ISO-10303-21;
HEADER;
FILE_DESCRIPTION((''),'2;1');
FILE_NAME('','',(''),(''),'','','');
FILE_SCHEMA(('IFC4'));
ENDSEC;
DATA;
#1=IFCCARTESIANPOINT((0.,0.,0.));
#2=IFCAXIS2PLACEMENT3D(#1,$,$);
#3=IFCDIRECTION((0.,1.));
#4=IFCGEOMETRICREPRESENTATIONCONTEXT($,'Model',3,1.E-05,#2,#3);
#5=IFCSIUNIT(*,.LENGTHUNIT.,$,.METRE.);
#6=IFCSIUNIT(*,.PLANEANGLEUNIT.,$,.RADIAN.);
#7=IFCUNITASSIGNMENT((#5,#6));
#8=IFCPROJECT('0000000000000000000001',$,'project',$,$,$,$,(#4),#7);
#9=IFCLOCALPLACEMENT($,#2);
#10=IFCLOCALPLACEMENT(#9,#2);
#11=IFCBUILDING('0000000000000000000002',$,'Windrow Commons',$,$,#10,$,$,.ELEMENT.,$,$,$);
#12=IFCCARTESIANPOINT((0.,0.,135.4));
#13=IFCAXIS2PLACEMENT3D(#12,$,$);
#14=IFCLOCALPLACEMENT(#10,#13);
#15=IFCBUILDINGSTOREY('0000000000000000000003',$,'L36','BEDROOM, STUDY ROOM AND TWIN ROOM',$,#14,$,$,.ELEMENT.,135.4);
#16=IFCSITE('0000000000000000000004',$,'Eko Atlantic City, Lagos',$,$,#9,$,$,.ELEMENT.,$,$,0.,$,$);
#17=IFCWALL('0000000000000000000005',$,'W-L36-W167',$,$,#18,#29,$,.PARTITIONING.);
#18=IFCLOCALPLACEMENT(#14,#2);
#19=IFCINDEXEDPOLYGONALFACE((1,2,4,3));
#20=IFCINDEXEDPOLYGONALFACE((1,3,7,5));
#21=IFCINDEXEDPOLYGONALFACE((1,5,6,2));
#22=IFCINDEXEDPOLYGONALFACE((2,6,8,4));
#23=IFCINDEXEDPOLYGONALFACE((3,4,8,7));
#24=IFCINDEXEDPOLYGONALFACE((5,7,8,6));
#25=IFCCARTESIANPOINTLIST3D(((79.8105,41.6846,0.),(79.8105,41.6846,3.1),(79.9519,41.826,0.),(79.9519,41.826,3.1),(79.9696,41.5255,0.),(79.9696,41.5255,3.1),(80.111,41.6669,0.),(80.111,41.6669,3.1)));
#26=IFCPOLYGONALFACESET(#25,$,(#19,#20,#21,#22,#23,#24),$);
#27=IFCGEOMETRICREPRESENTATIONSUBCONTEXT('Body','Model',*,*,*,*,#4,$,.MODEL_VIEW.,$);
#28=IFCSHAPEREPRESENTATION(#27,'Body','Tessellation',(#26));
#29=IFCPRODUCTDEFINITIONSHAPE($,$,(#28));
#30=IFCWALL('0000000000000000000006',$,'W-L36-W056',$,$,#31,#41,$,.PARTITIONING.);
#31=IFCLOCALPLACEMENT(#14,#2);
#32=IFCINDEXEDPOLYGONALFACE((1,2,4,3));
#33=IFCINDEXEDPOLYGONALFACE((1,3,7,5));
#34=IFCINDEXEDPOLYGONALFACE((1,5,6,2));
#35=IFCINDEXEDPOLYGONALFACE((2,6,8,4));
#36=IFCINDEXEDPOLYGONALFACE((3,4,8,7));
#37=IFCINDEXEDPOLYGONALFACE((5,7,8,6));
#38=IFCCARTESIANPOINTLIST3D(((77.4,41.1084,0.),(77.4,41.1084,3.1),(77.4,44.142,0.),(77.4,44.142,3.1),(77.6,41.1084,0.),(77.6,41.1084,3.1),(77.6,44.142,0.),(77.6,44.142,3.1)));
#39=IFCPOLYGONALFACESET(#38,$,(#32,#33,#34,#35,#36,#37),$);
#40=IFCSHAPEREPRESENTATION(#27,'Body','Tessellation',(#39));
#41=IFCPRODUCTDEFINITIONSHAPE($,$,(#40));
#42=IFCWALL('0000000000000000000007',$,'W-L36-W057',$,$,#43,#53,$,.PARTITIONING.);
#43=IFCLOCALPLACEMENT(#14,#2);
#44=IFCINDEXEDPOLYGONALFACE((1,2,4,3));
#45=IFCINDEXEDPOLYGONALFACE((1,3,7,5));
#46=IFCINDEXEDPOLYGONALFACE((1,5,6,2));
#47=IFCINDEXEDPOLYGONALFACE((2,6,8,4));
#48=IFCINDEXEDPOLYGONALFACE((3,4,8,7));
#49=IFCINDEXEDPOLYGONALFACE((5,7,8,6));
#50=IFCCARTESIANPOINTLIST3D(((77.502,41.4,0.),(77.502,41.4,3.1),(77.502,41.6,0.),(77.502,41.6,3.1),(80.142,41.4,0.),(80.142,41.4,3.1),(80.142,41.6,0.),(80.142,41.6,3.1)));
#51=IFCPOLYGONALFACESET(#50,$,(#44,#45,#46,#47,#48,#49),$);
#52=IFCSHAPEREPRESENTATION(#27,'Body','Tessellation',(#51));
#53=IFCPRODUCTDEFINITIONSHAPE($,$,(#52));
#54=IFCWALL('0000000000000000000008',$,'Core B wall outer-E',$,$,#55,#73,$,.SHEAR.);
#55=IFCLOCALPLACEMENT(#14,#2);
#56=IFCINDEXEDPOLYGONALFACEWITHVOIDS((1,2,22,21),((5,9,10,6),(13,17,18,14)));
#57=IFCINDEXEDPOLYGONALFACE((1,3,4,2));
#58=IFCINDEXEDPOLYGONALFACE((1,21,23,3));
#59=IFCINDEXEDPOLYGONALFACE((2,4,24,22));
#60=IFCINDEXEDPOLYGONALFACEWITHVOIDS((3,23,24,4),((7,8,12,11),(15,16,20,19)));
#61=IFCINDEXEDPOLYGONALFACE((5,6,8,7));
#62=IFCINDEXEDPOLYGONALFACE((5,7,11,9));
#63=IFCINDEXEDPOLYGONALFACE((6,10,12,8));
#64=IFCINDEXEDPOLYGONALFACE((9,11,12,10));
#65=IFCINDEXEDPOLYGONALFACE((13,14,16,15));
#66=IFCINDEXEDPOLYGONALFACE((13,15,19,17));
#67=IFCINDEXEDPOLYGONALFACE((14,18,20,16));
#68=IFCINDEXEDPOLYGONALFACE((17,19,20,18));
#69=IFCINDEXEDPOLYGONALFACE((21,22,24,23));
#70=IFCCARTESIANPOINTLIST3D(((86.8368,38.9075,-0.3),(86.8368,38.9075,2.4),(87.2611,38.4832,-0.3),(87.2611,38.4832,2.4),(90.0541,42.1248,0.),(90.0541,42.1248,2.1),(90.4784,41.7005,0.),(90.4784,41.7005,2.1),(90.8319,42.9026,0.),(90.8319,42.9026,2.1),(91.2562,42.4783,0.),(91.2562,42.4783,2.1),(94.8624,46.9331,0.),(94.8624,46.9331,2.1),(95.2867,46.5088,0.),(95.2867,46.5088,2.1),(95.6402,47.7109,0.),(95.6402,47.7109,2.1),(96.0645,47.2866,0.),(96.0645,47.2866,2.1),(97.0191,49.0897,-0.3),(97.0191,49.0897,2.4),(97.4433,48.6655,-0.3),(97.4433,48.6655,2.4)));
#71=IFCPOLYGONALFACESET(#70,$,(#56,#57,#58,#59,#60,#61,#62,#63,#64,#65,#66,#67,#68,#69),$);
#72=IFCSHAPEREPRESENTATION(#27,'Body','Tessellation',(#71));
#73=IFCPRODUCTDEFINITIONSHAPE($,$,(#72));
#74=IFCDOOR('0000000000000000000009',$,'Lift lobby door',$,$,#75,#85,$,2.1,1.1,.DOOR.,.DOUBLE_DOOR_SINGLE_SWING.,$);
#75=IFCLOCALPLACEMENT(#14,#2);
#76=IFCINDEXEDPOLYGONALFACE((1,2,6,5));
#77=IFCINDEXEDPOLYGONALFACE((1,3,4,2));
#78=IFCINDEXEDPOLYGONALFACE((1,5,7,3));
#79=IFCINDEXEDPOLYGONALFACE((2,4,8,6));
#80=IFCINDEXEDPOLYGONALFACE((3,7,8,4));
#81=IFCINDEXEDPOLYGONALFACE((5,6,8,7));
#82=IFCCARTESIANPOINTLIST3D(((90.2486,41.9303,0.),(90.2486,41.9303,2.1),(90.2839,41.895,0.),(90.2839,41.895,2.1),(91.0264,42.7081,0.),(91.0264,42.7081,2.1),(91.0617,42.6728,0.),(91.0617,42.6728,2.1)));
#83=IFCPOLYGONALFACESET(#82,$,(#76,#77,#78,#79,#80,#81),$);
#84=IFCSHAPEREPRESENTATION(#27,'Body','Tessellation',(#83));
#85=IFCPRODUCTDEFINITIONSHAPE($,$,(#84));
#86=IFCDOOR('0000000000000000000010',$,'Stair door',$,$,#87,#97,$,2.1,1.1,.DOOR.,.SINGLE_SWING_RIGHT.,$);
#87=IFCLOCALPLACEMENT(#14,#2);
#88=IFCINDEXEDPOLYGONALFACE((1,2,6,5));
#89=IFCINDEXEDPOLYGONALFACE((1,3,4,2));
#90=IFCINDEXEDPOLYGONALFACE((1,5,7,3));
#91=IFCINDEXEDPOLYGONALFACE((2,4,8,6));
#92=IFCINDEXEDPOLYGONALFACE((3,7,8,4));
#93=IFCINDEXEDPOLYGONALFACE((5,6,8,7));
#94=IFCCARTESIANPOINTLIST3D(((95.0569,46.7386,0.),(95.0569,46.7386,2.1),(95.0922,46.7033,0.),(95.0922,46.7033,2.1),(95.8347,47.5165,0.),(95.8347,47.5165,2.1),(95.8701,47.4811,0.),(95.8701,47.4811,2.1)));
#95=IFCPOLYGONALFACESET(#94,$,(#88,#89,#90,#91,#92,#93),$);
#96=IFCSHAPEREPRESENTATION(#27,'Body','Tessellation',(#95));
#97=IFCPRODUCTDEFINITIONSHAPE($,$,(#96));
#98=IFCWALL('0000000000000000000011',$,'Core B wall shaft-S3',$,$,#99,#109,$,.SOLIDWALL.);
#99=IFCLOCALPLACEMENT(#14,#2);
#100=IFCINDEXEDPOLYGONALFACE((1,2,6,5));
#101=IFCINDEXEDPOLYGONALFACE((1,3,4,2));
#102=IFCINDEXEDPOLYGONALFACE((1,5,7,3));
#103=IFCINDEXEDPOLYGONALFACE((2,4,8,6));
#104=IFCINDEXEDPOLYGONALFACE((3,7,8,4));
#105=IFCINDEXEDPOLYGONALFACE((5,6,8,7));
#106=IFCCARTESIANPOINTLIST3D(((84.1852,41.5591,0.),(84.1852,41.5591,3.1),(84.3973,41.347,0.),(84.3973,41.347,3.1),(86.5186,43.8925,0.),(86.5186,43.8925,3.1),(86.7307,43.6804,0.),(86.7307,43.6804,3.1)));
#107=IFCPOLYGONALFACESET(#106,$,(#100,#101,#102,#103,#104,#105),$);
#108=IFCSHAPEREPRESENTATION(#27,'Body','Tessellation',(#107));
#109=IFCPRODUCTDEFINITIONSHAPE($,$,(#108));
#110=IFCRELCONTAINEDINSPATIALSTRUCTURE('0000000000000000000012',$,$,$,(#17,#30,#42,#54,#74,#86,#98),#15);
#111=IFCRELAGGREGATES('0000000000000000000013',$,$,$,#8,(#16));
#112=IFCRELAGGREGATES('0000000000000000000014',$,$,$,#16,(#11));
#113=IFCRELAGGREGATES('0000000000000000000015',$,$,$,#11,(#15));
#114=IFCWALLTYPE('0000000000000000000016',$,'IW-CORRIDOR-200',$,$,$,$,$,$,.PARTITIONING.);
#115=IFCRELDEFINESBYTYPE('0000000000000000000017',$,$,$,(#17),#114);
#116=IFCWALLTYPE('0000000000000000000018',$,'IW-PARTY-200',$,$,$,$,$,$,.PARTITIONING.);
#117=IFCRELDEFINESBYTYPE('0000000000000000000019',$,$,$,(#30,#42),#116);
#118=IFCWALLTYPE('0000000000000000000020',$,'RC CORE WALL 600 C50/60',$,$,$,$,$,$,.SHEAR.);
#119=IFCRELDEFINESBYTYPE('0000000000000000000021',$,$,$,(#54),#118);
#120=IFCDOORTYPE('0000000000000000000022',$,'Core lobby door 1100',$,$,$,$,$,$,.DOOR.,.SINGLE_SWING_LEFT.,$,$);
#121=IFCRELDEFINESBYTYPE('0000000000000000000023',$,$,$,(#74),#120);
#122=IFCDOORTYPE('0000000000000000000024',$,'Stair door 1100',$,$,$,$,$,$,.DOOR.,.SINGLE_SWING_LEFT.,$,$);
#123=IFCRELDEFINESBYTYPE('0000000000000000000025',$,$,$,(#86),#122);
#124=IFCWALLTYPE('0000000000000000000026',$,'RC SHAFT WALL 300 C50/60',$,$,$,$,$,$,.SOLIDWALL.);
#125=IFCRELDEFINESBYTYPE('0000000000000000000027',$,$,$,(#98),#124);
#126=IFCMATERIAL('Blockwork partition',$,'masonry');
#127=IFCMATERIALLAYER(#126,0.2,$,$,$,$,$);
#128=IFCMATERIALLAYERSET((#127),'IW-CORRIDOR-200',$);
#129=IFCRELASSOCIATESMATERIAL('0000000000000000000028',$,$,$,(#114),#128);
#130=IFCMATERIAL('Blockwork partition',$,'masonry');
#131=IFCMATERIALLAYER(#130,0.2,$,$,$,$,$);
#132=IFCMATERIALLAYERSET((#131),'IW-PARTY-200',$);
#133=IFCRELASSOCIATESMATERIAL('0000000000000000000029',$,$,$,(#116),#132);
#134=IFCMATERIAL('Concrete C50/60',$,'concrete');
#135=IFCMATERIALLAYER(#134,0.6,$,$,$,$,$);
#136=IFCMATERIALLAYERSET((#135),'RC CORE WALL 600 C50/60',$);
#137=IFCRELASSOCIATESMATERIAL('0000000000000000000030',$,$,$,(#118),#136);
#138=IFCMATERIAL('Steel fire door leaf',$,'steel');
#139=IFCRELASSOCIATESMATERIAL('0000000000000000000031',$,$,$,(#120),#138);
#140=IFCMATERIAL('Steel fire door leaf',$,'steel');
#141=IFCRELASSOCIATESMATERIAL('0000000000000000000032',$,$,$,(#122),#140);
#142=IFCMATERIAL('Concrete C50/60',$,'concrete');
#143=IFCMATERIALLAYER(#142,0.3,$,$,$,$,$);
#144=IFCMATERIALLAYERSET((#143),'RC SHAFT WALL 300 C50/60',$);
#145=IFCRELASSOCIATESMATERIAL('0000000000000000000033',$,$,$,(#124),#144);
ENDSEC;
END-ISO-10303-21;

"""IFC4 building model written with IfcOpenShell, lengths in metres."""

from ifc_helpers import new_model, si_unit, direction, frame, frame_2d, origin, place, context, subcontext, project, spatial, rectangle, extrude, material, layer, layer_set, type_object, element, fill, save


model = new_model("IFC4")

# Units and contexts
model_context = context("Model", 3, precision=1e-05, world=origin(), true_north=direction((0.0, 1.0)))
body_context = subcontext(model_context, "Body", "Model", "MODEL_VIEW")
ifc_project = project(units=[si_unit("LENGTHUNIT", "METRE"), si_unit("PLANEANGLEUNIT", "RADIAN")], contexts=[model_context])

# Site, building, storey
site_placement = place(None, origin())
site = spatial("IfcSite", under=ifc_project, at=site_placement, Name="Eko Atlantic City, Lagos", CompositionType="ELEMENT", RefElevation=0.0)
building_placement = place(site_placement, origin())
building = spatial("IfcBuilding", under=site, at=building_placement, Name="Windrow Commons", CompositionType="ELEMENT")
storey_placement = place(building_placement, frame((0.0, 0.0, 135.4)))
storey = spatial("IfcBuildingStorey", under=building, at=storey_placement, Name="L36", Description="BEDROOM, STUDY ROOM AND TWIN ROOM", CompositionType="ELEMENT", Elevation=135.4)

# Shared definitions
ifc_material_1 = material(Name="Blockwork partition", Category="masonry")
ifc_layer_1 = layer(ifc_material_1, 0.2)
ifc_layer_set_1 = layer_set([ifc_layer_1], Name="IW-CORRIDOR-200")
wall_type_1 = type_object("IfcWallType", Name="IW-CORRIDOR-200", PredefinedType="PARTITIONING", material=ifc_layer_set_1)

# Walls
wall_1_placement = place(storey_placement, frame((79.8812, 41.7553, 0.0), z_axis=(0.0, 0.0, 1.0), x_axis=(0.707107, -0.707107, 0.0)))
element("IfcWall", 1, at=wall_1_placement, inside=storey, type_object=wall_type_1, Name="W-L36-W167", PredefinedType="PARTITIONING", context=body_context, shape_type="SweptSolid", body=[
    extrude(rectangle(XDim=0.225, YDim=0.2, at=frame_2d((0.1125, 0.0))), origin(), (0.0, 0.0, 1.0), 3.1),
])
ifc_material_2 = material(Name="Blockwork partition", Category="masonry")
ifc_layer_2 = layer(ifc_material_2, 0.2)
ifc_layer_set_2 = layer_set([ifc_layer_2], Name="IW-PARTY-200")
wall_type_2 = type_object("IfcWallType", Name="IW-PARTY-200", PredefinedType="PARTITIONING", material=ifc_layer_set_2)
wall_2_placement = place(storey_placement, frame((77.5, 41.1084, 0.0), z_axis=(0.0, 0.0, 1.0), x_axis=(0.0, 1.0, 0.0)))
element("IfcWall", 2, at=wall_2_placement, inside=storey, type_object=wall_type_2, Name="W-L36-W056", PredefinedType="PARTITIONING", context=body_context, shape_type="SweptSolid", body=[
    extrude(rectangle(XDim=3.0336, YDim=0.2, at=frame_2d((1.5168, 0.0))), origin(), (0.0, 0.0, 1.0), 3.1),
])
wall_3_placement = place(storey_placement, frame((77.502, 41.5, 0.0), z_axis=(0.0, 0.0, 1.0), x_axis=(1.0, 0.0, 0.0)))
element("IfcWall", 3, at=wall_3_placement, inside=storey, type_object=wall_type_2, Name="W-L36-W057", PredefinedType="PARTITIONING", context=body_context, shape_type="SweptSolid", body=[
    extrude(rectangle(XDim=2.64, YDim=0.2, at=frame_2d((1.32, 0.0))), origin(), (0.0, 0.0, 1.0), 3.1),
])

# Wall, openings, doors
ifc_material_3 = material(Name="Concrete C50/60", Category="concrete")
ifc_layer_3 = layer(ifc_material_3, 0.6)
ifc_layer_set_3 = layer_set([ifc_layer_3], Name="RC CORE WALL 600 C50/60")
wall_type_3 = type_object("IfcWallType", Name="RC CORE WALL 600 C50/60", PredefinedType="SHEAR", material=ifc_layer_set_3)
wall_4_placement = place(storey_placement, frame((87.0489, 38.6953, -0.3), z_axis=(0.0, 0.0, 1.0), x_axis=(0.707107, 0.707107, 0.0)))
wall_4 = element("IfcWall", 4, at=wall_4_placement, inside=storey, type_object=wall_type_3, Name="Core B wall outer-E", PredefinedType="SHEAR", context=body_context, shape_type="SweptSolid", body=[
    extrude(rectangle(XDim=14.3999, YDim=0.6, at=frame_2d((7.2, 0.0))), origin(), (0.0, 0.0, 1.0), 2.7),
])
opening_1_placement = place(wall_4_placement, frame((4.55, 0.0, 0.3)))
opening_1 = element("IfcOpeningElement", 5, at=opening_1_placement, cuts=wall_4, PredefinedType="OPENING", context=body_context, shape_type="SweptSolid", body=[
    extrude(rectangle(XDim=1.1, YDim=2.1, at=frame_2d((0.55, 1.05))), frame((0.0, 0.31, 0.0), z_axis=(0.0, -1.0, 0.0), x_axis=(1.0, 0.0, 0.0)), (0.0, 0.0, 1.0), 0.62),
])
opening_2_placement = place(wall_4_placement, frame((11.35, 0.0, 0.3)))
opening_2 = element("IfcOpeningElement", 6, at=opening_2_placement, cuts=wall_4, PredefinedType="OPENING", context=body_context, shape_type="SweptSolid", body=[
    extrude(rectangle(XDim=1.1, YDim=2.1, at=frame_2d((0.55, 1.05))), frame((0.0, 0.31, 0.0), z_axis=(0.0, -1.0, 0.0), x_axis=(1.0, 0.0, 0.0)), (0.0, 0.0, 1.0), 0.62),
])
ifc_material_4 = material(Name="Steel fire door leaf", Category="steel")
door_type_1 = type_object("IfcDoorType", Name="Core lobby door 1100", OperationType="SINGLE_SWING_LEFT", PredefinedType="DOOR", material=ifc_material_4)
door_1_placement = place(opening_1_placement, origin())
door_1 = element("IfcDoor", 7, at=door_1_placement, inside=storey, type_object=door_type_1, Name="Lift lobby door", OperationType="DOUBLE_DOOR_SINGLE_SWING", OverallHeight=2.1, OverallWidth=1.1, PredefinedType="DOOR", context=body_context, shape_type="SweptSolid", body=[
    extrude(rectangle(XDim=1.1, YDim=2.1, at=frame_2d((0.55, 1.05))), frame((0.0, 0.025, 0.0), z_axis=(0.0, -1.0, 0.0), x_axis=(1.0, 0.0, 0.0)), (0.0, 0.0, 1.0), 0.05),
])
fill(opening_1, door_1)
ifc_material_5 = material(Name="Steel fire door leaf", Category="steel")
door_type_2 = type_object("IfcDoorType", Name="Stair door 1100", OperationType="SINGLE_SWING_LEFT", PredefinedType="DOOR", material=ifc_material_5)
door_2_placement = place(opening_2_placement, origin())
door_2 = element("IfcDoor", 8, at=door_2_placement, inside=storey, type_object=door_type_2, Name="Stair door", OperationType="SINGLE_SWING_RIGHT", OverallHeight=2.1, OverallWidth=1.1, PredefinedType="DOOR", context=body_context, shape_type="SweptSolid", body=[
    extrude(rectangle(XDim=1.1, YDim=2.1, at=frame_2d((0.55, 1.05))), frame((0.0, 0.025, 0.0), z_axis=(0.0, -1.0, 0.0), x_axis=(1.0, 0.0, 0.0)), (0.0, 0.0, 1.0), 0.05),
])
fill(opening_2, door_2)

# Wall
ifc_material_6 = material(Name="Concrete C50/60", Category="concrete")
ifc_layer_4 = layer(ifc_material_6, 0.3)
ifc_layer_set_4 = layer_set([ifc_layer_4], Name="RC SHAFT WALL 300 C50/60")
wall_type_4 = type_object("IfcWallType", Name="RC SHAFT WALL 300 C50/60", PredefinedType="SOLIDWALL", material=ifc_layer_set_4)
wall_5_placement = place(storey_placement, frame((84.2912, 41.453, 0.0), z_axis=(0.0, 0.0, 1.0), x_axis=(0.707107, 0.707107, 0.0)))
element("IfcWall", 9, at=wall_5_placement, inside=storey, type_object=wall_type_4, Name="Core B wall shaft-S3", PredefinedType="SOLIDWALL", context=body_context, shape_type="SweptSolid", body=[
    extrude(rectangle(XDim=3.2999, YDim=0.3, at=frame_2d((1.65, 0.0))), origin(), (0.0, 0.0, 1.0), 3.1),
])

save(model, "model.ifc")
